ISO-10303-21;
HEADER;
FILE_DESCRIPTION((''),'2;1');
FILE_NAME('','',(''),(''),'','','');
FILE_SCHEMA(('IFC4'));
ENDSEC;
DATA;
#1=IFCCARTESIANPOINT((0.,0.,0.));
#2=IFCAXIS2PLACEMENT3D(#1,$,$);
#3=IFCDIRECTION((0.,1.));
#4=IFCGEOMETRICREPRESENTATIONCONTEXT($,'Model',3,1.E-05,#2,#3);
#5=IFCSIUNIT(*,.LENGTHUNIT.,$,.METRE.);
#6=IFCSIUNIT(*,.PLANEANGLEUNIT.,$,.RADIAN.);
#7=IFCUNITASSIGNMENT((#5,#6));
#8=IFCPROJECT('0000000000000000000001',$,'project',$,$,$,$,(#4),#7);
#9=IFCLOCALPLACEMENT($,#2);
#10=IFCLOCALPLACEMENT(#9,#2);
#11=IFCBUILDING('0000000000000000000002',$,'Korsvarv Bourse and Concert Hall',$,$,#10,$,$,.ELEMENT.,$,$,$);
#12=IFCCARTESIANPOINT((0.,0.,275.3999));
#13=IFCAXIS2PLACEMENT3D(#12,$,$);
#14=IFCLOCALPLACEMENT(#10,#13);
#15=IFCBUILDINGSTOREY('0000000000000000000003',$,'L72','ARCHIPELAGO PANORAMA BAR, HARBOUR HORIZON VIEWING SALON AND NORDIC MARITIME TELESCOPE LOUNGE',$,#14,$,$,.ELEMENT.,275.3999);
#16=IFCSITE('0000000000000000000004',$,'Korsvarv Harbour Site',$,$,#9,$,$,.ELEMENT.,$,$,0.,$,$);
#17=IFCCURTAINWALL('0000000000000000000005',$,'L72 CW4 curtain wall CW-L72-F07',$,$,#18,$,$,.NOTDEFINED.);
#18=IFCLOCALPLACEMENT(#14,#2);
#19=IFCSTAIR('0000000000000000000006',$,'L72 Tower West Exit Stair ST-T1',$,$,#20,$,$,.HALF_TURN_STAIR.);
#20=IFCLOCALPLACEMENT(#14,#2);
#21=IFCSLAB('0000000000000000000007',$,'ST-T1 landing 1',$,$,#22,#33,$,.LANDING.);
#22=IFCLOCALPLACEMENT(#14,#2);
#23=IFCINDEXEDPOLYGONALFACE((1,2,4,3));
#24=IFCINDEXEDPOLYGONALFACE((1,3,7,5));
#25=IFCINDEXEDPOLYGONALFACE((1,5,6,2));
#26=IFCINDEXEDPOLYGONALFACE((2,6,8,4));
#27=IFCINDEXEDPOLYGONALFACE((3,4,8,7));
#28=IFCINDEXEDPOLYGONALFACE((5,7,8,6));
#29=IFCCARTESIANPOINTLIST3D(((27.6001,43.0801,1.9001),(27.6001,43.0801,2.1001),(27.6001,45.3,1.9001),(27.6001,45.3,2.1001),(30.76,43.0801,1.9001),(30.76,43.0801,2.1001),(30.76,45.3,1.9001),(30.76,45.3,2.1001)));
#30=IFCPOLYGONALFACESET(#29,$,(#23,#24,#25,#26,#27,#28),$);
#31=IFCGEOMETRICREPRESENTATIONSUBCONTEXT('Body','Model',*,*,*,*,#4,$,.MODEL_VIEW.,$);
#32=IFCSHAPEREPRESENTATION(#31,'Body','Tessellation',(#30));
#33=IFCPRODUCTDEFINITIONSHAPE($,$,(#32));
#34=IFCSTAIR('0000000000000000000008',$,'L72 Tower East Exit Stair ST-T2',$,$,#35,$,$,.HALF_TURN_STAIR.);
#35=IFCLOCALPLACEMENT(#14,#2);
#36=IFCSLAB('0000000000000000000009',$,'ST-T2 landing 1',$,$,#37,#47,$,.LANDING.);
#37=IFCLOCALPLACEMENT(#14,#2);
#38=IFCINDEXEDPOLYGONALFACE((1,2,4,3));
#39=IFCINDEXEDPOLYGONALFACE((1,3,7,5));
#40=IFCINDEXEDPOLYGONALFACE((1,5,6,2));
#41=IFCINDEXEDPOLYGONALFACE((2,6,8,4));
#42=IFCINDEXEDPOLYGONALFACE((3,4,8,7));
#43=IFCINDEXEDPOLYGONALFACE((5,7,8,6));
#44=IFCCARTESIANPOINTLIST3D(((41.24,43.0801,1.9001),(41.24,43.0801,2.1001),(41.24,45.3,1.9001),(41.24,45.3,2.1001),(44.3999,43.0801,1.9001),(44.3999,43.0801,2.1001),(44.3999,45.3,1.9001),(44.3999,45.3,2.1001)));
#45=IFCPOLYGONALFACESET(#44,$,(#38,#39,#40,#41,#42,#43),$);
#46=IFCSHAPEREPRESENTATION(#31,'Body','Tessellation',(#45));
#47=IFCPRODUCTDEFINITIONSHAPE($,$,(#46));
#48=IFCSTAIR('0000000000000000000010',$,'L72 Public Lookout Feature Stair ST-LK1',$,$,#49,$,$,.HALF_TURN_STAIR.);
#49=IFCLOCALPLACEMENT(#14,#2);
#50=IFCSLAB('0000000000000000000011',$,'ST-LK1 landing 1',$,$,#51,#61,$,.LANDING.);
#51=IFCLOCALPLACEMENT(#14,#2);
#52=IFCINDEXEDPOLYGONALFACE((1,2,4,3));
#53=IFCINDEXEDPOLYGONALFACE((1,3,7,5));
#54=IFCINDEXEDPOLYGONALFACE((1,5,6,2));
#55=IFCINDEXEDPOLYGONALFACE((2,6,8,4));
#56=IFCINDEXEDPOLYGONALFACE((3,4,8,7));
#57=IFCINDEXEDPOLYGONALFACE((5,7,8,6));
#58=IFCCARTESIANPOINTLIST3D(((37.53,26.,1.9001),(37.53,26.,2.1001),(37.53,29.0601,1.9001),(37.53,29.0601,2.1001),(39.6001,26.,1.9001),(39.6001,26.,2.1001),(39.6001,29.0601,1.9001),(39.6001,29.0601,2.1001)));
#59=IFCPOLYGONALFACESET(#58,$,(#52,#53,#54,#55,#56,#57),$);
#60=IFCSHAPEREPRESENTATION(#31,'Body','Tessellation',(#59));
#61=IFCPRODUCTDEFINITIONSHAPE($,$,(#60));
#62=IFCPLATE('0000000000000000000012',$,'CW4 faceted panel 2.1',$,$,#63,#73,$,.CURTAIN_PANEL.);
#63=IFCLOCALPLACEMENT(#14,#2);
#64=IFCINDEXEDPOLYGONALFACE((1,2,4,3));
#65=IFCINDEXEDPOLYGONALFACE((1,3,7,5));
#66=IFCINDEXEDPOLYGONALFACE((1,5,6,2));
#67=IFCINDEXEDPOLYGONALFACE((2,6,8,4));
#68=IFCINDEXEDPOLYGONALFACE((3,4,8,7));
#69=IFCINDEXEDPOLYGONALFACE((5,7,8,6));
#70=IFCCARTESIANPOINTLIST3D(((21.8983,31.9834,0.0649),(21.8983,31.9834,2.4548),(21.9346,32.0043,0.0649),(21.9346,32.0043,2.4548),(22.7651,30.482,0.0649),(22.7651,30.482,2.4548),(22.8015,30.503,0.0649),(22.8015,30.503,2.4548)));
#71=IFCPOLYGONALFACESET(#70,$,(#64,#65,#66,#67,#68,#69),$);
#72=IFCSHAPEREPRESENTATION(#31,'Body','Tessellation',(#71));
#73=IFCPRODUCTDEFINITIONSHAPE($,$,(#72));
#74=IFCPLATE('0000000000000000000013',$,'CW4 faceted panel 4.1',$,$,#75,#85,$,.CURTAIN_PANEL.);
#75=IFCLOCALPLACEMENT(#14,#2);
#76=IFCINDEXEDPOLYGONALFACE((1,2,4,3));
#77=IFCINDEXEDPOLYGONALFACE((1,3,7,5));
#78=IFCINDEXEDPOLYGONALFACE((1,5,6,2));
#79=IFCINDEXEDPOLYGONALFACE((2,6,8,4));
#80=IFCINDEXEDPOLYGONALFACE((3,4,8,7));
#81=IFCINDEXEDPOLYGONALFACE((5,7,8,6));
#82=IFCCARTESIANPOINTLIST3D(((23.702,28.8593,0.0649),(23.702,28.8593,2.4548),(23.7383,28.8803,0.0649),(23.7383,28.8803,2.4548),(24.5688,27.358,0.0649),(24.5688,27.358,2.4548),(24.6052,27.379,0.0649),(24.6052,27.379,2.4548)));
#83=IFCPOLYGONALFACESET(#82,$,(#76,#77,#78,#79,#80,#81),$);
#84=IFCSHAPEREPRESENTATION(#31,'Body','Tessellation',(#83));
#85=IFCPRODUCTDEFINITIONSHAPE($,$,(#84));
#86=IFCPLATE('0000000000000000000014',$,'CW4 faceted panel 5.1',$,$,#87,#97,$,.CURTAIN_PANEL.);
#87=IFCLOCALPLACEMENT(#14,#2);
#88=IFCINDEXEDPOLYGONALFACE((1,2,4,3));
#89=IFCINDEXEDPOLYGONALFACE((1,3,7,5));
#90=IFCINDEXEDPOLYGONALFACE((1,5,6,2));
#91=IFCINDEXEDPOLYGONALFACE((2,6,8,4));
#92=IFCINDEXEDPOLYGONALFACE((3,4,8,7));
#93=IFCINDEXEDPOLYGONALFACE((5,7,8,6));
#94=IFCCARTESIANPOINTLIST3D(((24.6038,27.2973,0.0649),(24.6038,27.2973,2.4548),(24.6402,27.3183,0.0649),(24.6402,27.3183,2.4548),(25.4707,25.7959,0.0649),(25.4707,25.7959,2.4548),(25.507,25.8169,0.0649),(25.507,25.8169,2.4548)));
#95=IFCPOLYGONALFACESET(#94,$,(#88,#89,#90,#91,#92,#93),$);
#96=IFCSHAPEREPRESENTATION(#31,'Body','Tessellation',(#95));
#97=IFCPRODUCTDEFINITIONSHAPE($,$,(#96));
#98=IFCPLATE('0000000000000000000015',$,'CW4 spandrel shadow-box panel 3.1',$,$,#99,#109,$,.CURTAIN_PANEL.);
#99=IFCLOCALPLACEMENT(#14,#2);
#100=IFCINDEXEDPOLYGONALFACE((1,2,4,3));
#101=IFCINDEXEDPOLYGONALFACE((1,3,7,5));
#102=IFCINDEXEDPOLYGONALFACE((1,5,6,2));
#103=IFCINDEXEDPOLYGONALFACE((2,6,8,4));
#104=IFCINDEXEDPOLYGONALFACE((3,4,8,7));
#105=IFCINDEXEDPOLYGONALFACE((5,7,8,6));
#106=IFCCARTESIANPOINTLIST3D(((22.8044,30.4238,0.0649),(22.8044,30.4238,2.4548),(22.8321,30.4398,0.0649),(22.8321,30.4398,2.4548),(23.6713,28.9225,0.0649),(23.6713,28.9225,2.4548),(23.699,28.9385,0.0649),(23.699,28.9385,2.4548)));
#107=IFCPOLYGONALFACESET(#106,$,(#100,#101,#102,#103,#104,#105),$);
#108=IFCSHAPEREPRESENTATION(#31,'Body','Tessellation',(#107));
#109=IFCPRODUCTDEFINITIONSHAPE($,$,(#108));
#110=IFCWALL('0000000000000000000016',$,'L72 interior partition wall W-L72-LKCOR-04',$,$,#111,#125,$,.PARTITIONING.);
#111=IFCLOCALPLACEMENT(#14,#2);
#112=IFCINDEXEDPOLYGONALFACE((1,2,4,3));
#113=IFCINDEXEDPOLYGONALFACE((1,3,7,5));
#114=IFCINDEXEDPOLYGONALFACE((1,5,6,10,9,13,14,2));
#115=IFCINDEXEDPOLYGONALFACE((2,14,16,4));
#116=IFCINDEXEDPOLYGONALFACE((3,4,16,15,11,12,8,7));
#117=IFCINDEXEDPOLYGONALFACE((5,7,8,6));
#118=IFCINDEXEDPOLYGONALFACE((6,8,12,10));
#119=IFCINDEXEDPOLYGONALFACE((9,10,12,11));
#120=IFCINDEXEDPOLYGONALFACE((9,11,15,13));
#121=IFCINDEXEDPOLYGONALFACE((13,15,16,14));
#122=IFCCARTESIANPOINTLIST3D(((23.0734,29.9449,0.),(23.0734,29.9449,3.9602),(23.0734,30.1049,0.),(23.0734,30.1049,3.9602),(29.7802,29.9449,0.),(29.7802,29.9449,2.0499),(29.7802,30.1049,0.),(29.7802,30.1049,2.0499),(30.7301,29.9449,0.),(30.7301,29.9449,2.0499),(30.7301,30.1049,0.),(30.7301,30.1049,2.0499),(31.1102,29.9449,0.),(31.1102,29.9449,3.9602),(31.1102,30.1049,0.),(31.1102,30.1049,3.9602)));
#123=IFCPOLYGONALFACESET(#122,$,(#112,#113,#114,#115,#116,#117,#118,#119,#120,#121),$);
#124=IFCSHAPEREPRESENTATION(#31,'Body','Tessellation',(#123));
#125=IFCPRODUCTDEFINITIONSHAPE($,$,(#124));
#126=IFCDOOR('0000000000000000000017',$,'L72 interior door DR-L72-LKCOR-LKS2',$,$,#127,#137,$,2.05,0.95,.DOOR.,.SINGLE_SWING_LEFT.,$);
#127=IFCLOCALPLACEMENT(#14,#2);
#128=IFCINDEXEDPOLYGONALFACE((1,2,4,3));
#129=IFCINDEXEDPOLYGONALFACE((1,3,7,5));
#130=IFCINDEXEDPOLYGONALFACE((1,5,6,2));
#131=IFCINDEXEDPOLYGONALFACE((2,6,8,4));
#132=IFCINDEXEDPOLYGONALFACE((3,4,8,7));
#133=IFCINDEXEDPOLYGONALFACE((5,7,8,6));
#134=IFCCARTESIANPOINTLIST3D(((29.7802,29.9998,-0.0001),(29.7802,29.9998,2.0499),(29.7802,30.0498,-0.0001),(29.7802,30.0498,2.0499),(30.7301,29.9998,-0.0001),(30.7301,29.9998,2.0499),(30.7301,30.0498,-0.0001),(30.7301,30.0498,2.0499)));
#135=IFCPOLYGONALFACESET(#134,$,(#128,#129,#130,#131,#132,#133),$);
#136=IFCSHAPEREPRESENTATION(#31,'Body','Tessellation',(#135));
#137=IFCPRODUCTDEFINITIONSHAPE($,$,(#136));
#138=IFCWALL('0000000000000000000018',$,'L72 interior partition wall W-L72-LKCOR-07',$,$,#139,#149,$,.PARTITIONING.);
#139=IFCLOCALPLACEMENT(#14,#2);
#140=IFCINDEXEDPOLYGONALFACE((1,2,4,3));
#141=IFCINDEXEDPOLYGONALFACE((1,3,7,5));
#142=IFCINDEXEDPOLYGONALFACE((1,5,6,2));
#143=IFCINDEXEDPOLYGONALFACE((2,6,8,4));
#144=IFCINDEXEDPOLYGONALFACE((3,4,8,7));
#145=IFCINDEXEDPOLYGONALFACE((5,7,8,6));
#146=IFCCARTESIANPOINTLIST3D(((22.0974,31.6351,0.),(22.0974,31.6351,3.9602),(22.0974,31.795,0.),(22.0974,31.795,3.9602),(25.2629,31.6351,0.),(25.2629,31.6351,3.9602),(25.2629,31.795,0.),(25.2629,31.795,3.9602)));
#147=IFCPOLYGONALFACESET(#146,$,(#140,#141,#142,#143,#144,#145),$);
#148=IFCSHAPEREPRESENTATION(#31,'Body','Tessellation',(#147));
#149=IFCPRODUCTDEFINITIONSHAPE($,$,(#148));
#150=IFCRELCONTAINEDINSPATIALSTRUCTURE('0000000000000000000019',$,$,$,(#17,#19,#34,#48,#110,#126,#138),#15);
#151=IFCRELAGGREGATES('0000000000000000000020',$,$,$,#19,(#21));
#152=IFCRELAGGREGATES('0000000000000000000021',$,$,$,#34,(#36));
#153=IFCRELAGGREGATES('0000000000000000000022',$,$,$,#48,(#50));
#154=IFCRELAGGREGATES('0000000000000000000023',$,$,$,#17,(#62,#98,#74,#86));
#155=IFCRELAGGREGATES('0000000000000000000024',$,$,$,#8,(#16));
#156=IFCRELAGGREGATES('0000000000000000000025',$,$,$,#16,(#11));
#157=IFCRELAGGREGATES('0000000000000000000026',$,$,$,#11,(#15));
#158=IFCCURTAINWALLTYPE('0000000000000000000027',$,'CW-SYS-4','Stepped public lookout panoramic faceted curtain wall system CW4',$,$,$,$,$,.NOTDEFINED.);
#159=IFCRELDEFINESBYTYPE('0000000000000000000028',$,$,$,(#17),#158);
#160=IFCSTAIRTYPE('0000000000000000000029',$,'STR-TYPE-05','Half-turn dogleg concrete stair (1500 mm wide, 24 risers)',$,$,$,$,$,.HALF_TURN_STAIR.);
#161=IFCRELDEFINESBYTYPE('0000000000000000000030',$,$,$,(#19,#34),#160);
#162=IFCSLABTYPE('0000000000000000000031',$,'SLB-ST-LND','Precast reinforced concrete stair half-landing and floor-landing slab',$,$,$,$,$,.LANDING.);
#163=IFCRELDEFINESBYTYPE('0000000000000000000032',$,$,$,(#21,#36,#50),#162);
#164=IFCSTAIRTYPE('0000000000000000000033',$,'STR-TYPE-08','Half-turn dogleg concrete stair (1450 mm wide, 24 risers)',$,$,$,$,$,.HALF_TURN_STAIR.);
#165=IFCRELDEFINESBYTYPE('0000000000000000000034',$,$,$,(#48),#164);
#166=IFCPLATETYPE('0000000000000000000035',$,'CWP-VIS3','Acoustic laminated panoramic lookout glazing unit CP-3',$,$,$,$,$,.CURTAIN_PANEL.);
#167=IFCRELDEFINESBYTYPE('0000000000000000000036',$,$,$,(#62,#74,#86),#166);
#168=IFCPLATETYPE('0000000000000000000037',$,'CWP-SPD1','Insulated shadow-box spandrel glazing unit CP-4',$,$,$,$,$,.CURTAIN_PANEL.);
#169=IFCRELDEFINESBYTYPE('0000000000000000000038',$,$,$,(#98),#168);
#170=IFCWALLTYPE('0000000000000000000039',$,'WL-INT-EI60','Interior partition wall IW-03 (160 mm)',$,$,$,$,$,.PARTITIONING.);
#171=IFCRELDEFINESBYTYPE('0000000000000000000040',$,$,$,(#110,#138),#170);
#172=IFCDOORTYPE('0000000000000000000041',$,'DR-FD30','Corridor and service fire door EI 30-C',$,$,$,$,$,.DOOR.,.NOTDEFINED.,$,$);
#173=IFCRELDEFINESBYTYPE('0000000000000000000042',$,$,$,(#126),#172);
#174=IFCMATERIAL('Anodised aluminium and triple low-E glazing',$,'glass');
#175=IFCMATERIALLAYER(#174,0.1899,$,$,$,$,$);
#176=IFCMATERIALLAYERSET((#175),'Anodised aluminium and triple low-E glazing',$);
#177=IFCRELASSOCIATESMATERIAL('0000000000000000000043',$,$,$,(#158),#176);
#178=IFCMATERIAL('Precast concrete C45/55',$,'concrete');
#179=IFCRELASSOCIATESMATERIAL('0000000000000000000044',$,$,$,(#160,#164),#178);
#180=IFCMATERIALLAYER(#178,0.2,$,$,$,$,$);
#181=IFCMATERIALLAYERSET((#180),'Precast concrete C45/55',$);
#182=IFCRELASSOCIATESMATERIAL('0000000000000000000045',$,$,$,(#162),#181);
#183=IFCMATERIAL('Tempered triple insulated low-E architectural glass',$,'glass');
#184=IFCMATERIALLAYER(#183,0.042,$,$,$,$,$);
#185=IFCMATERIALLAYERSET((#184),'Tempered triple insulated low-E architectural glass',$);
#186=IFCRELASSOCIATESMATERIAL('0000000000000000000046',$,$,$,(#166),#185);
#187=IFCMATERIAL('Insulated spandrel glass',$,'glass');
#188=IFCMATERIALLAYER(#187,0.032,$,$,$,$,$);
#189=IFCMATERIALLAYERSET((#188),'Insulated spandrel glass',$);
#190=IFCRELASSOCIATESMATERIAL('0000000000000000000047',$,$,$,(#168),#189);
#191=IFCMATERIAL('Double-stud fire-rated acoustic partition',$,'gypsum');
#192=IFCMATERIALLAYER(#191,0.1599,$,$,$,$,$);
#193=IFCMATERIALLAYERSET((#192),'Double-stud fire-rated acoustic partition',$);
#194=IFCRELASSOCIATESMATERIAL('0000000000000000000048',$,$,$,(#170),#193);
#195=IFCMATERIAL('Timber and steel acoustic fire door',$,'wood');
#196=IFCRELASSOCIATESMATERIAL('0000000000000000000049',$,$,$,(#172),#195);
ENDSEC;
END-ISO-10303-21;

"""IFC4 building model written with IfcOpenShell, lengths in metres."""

from ifc_helpers import new_model, si_unit, direction, frame, frame_2d, origin, origin_2d, place, context, subcontext, project, spatial, polyline, rectangle, outline, extrude, source, transform, mapped, material, layer, layer_set, type_object, element, fill, aggregate, save


model = new_model("IFC4")

# Units and contexts
model_context = context("Model", 3, precision=1e-05, world=origin(), true_north=direction((0.0, 1.0)))
body_context = subcontext(model_context, "Body", "Model", "MODEL_VIEW")
ifc_project = project(units=[si_unit("LENGTHUNIT", "METRE"), si_unit("PLANEANGLEUNIT", "RADIAN")], contexts=[model_context])

# Site, building, storey
site_placement = place(None, origin())
site = spatial("IfcSite", under=ifc_project, at=site_placement, Name="Korsvarv Harbour Site", CompositionType="ELEMENT", RefElevation=0.0)
building_placement = place(site_placement, origin())
building = spatial("IfcBuilding", under=site, at=building_placement, Name="Korsvarv Bourse and Concert Hall", CompositionType="ELEMENT")
storey_placement = place(building_placement, frame((0.0, 0.0, 275.3999)))
storey = spatial("IfcBuildingStorey", under=building, at=storey_placement, Name="L72", Description="ARCHIPELAGO PANORAMA BAR, HARBOUR HORIZON VIEWING SALON AND NORDIC MARITIME TELESCOPE LOUNGE", CompositionType="ELEMENT", Elevation=275.3999)

# Curtain wall
ifc_material_1 = material(Name="Anodised aluminium and triple low-E glazing", Category="glass")
ifc_layer_1 = layer(ifc_material_1, 0.1899)
ifc_layer_set_1 = layer_set([ifc_layer_1], Name="Anodised aluminium and triple low-E glazing")
curtain_wall_type = type_object("IfcCurtainWallType", Name="CW-SYS-4", Description="Stepped public lookout panoramic faceted curtain wall system CW4", PredefinedType="NOTDEFINED", material=ifc_layer_set_1)
curtain_wall_placement = place(storey_placement, origin())
curtain_wall = element("IfcCurtainWall", 1, at=curtain_wall_placement, inside=storey, type_object=curtain_wall_type, Name="L72 CW4 curtain wall CW-L72-F07", PredefinedType="NOTDEFINED")

# Shared definitions
ifc_material_2 = material(Name="Precast concrete C45/55", Category="concrete")

# Stairs, slabs
stair_type_1 = type_object("IfcStairType", Name="STR-TYPE-05", Description="Half-turn dogleg concrete stair (1500 mm wide, 24 risers)", PredefinedType="HALF_TURN_STAIR", material=ifc_material_2)
stair_1_placement = place(storey_placement, origin())
stair_1 = element("IfcStair", 2, at=stair_1_placement, inside=storey, type_object=stair_type_1, Name="L72 Tower West Exit Stair ST-T1", PredefinedType="HALF_TURN_STAIR")
ifc_layer_2 = layer(ifc_material_2, 0.2)
ifc_layer_set_2 = layer_set([ifc_layer_2], Name="Precast concrete C45/55")
slab_type_1 = type_object("IfcSlabType", Name="SLB-ST-LND", Description="Precast reinforced concrete stair half-landing and floor-landing slab", PredefinedType="LANDING", material=ifc_layer_set_2)
slab_1_placement = place(storey_placement, frame((0.0, 0.0, 1.9001)))
slab_1 = element("IfcSlab", 3, at=slab_1_placement, type_object=slab_type_1, Name="ST-T1 landing 1", PredefinedType="LANDING", context=body_context, shape_type="SweptSolid", body=[
    extrude(outline(polyline([(30.76, 43.0801), (30.76, 45.3), (27.6001, 45.3), (27.6001, 43.0801), (30.76, 43.0801)])), origin(), (0.0, 0.0, 1.0), 0.2),
])
aggregate(stair_1, [slab_1])
stair_2_placement = place(storey_placement, origin())
stair_2 = element("IfcStair", 4, at=stair_2_placement, inside=storey, type_object=stair_type_1, Name="L72 Tower East Exit Stair ST-T2", PredefinedType="HALF_TURN_STAIR")
slab_2_placement = place(storey_placement, frame((0.0, 0.0, 1.9001)))
slab_2 = element("IfcSlab", 5, at=slab_2_placement, type_object=slab_type_1, Name="ST-T2 landing 1", PredefinedType="LANDING", context=body_context, shape_type="SweptSolid", body=[
    extrude(outline(polyline([(44.3999, 43.0801), (44.3999, 45.3), (41.24, 45.3), (41.24, 43.0801), (44.3999, 43.0801)])), origin(), (0.0, 0.0, 1.0), 0.2),
])
aggregate(stair_2, [slab_2])
stair_type_2 = type_object("IfcStairType", Name="STR-TYPE-08", Description="Half-turn dogleg concrete stair (1450 mm wide, 24 risers)", PredefinedType="HALF_TURN_STAIR", material=ifc_material_2)
stair_3_placement = place(storey_placement, origin())
stair_3 = element("IfcStair", 6, at=stair_3_placement, inside=storey, type_object=stair_type_2, Name="L72 Public Lookout Feature Stair ST-LK1", PredefinedType="HALF_TURN_STAIR")
slab_3_placement = place(storey_placement, frame((0.0, 0.0, 1.9001)))
slab_3 = element("IfcSlab", 7, at=slab_3_placement, type_object=slab_type_1, Name="ST-LK1 landing 1", PredefinedType="LANDING", context=body_context, shape_type="SweptSolid", body=[
    extrude(outline(polyline([(37.53, 26.0), (39.6001, 26.0), (39.6001, 29.0601), (37.53, 29.0601), (37.53, 26.0)])), origin(), (0.0, 0.0, 1.0), 0.2),
])
aggregate(stair_3, [slab_3])

# Plates
ifc_material_3 = material(Name="Tempered triple insulated low-E architectural glass", Category="glass")
ifc_layer_3 = layer(ifc_material_3, 0.042)
ifc_layer_set_3 = layer_set([ifc_layer_3], Name="Tempered triple insulated low-E architectural glass")
plate_type_1 = type_object("IfcPlateType", Name="CWP-VIS3", Description="Acoustic laminated panoramic lookout glazing unit CP-3", PredefinedType="CURTAIN_PANEL", material=ifc_layer_set_3)
shared_shape_1 = source(origin(), body_context, "Body", "SweptSolid", [
    extrude(rectangle(XDim=1.7336, YDim=0.042, at=origin_2d()), origin(), (0.0, 0.0, 1.0), 2.3899),
])
plate_1_placement = place(storey_placement, frame((22.3499, 31.2432, 0.0649), z_axis=(0.0, 0.0, 1.0), x_axis=(0.500004, -0.866023, 0.0)))
plate_1 = element("IfcPlate", 8, at=plate_1_placement, type_object=plate_type_1, Name="CW4 faceted panel 2.1", PredefinedType="CURTAIN_PANEL", context=body_context, shape_type="MappedRepresentation", body=[
    mapped(shared_shape_1, transform((0.0, 0.0, 0.0), scale=1.0)),
])
plate_2_placement = place(storey_placement, frame((24.1536, 28.1191, 0.0649), z_axis=(0.0, 0.0, 1.0), x_axis=(0.500004, -0.866023, 0.0)))
plate_2 = element("IfcPlate", 9, at=plate_2_placement, type_object=plate_type_1, Name="CW4 faceted panel 4.1", PredefinedType="CURTAIN_PANEL", context=body_context, shape_type="MappedRepresentation", body=[
    mapped(shared_shape_1, transform((0.0, 0.0, 0.0), scale=1.0)),
])
plate_3_placement = place(storey_placement, frame((25.0554, 26.5571, 0.0649), z_axis=(0.0, 0.0, 1.0), x_axis=(0.500004, -0.866023, 0.0)))
plate_3 = element("IfcPlate", 10, at=plate_3_placement, type_object=plate_type_1, Name="CW4 faceted panel 5.1", PredefinedType="CURTAIN_PANEL", context=body_context, shape_type="MappedRepresentation", body=[
    mapped(shared_shape_1, transform((0.0, 0.0, 0.0), scale=1.0)),
])
ifc_material_4 = material(Name="Insulated spandrel glass", Category="glass")
ifc_layer_4 = layer(ifc_material_4, 0.032)
ifc_layer_set_4 = layer_set([ifc_layer_4], Name="Insulated spandrel glass")
plate_type_2 = type_object("IfcPlateType", Name="CWP-SPD1", Description="Insulated shadow-box spandrel glazing unit CP-4", PredefinedType="CURTAIN_PANEL", material=ifc_layer_set_4)
shared_shape_2 = source(origin(), body_context, "Body", "SweptSolid", [
    extrude(rectangle(XDim=1.7336, YDim=0.032, at=origin_2d()), origin(), (0.0, 0.0, 1.0), 2.3899),
])
plate_4_placement = place(storey_placement, frame((23.2517, 29.6812, 0.0649), z_axis=(0.0, 0.0, 1.0), x_axis=(0.500004, -0.866023, 0.0)))
plate_4 = element("IfcPlate", 11, at=plate_4_placement, type_object=plate_type_2, Name="CW4 spandrel shadow-box panel 3.1", PredefinedType="CURTAIN_PANEL", context=body_context, shape_type="MappedRepresentation", body=[
    mapped(shared_shape_2, transform((0.0, 0.0, 0.0), scale=1.0)),
])
aggregate(curtain_wall, [plate_1, plate_4, plate_2, plate_3])

# Wall, opening, door
ifc_material_5 = material(Name="Double-stud fire-rated acoustic partition", Category="gypsum")
ifc_layer_5 = layer(ifc_material_5, 0.1599)
ifc_layer_set_5 = layer_set([ifc_layer_5], Name="Double-stud fire-rated acoustic partition")
wall_type = type_object("IfcWallType", Name="WL-INT-EI60", Description="Interior partition wall IW-03 (160 mm)", PredefinedType="PARTITIONING", material=ifc_layer_set_5)
wall_1_placement = place(storey_placement, frame((23.0732, 30.0249, 0.0), z_axis=(0.0, 0.0, 1.0), x_axis=(1.0, 0.0, 0.0)))
wall_1 = element("IfcWall", 12, at=wall_1_placement, inside=storey, type_object=wall_type, Name="L72 interior partition wall W-L72-LKCOR-04", PredefinedType="PARTITIONING", context=body_context, shape_type="SweptSolid", body=[
    extrude(rectangle(XDim=8.0369, YDim=0.1599, at=frame_2d((4.0186, 0.0))), origin(), (0.0, 0.0, 1.0), 3.9602),
])
opening_placement = place(wall_1_placement, frame((6.7068, 0.0, 0.0)))
opening = element("IfcOpeningElement", 13, at=opening_placement, cuts=wall_1, PredefinedType="OPENING", context=body_context, shape_type="SweptSolid", body=[
    extrude(rectangle(XDim=0.95, YDim=2.05, at=frame_2d((0.4751, 1.0249))), frame((0.0, 0.0898, 0.0), z_axis=(0.0, -1.0, 0.0), x_axis=(1.0, 0.0, 0.0)), (0.0, 0.0, 1.0), 0.1799),
])
ifc_material_6 = material(Name="Timber and steel acoustic fire door", Category="wood")
door_type = type_object("IfcDoorType", Name="DR-FD30", Description="Corridor and service fire door EI 30-C", OperationType="NOTDEFINED", PredefinedType="DOOR", material=ifc_material_6)
door_placement = place(opening_placement, origin())
door = element("IfcDoor", 14, at=door_placement, inside=storey, type_object=door_type, Name="L72 interior door DR-L72-LKCOR-LKS2", OperationType="SINGLE_SWING_LEFT", OverallHeight=2.05, OverallWidth=0.95, PredefinedType="DOOR", context=body_context, shape_type="SweptSolid", body=[
    extrude(rectangle(XDim=0.95, YDim=2.05, at=frame_2d((0.4751, 1.0249))), frame((0.0, 0.0249, 0.0), z_axis=(0.0, -1.0, 0.0), x_axis=(1.0, 0.0, 0.0)), (0.0, 0.0, 1.0), 0.05),
])
fill(opening, door)

# Wall
wall_2_placement = place(storey_placement, frame((22.0974, 31.7151, 0.0), z_axis=(0.0, 0.0, 1.0), x_axis=(1.0, 0.0, 0.0)))
element("IfcWall", 15, at=wall_2_placement, inside=storey, type_object=wall_type, Name="L72 interior partition wall W-L72-LKCOR-07", PredefinedType="PARTITIONING", context=body_context, shape_type="SweptSolid", body=[
    extrude(rectangle(XDim=3.1655, YDim=0.1599, at=frame_2d((1.5828, 0.0))), origin(), (0.0, 0.0, 1.0), 3.9602),
])

save(model, "model.ifc")
